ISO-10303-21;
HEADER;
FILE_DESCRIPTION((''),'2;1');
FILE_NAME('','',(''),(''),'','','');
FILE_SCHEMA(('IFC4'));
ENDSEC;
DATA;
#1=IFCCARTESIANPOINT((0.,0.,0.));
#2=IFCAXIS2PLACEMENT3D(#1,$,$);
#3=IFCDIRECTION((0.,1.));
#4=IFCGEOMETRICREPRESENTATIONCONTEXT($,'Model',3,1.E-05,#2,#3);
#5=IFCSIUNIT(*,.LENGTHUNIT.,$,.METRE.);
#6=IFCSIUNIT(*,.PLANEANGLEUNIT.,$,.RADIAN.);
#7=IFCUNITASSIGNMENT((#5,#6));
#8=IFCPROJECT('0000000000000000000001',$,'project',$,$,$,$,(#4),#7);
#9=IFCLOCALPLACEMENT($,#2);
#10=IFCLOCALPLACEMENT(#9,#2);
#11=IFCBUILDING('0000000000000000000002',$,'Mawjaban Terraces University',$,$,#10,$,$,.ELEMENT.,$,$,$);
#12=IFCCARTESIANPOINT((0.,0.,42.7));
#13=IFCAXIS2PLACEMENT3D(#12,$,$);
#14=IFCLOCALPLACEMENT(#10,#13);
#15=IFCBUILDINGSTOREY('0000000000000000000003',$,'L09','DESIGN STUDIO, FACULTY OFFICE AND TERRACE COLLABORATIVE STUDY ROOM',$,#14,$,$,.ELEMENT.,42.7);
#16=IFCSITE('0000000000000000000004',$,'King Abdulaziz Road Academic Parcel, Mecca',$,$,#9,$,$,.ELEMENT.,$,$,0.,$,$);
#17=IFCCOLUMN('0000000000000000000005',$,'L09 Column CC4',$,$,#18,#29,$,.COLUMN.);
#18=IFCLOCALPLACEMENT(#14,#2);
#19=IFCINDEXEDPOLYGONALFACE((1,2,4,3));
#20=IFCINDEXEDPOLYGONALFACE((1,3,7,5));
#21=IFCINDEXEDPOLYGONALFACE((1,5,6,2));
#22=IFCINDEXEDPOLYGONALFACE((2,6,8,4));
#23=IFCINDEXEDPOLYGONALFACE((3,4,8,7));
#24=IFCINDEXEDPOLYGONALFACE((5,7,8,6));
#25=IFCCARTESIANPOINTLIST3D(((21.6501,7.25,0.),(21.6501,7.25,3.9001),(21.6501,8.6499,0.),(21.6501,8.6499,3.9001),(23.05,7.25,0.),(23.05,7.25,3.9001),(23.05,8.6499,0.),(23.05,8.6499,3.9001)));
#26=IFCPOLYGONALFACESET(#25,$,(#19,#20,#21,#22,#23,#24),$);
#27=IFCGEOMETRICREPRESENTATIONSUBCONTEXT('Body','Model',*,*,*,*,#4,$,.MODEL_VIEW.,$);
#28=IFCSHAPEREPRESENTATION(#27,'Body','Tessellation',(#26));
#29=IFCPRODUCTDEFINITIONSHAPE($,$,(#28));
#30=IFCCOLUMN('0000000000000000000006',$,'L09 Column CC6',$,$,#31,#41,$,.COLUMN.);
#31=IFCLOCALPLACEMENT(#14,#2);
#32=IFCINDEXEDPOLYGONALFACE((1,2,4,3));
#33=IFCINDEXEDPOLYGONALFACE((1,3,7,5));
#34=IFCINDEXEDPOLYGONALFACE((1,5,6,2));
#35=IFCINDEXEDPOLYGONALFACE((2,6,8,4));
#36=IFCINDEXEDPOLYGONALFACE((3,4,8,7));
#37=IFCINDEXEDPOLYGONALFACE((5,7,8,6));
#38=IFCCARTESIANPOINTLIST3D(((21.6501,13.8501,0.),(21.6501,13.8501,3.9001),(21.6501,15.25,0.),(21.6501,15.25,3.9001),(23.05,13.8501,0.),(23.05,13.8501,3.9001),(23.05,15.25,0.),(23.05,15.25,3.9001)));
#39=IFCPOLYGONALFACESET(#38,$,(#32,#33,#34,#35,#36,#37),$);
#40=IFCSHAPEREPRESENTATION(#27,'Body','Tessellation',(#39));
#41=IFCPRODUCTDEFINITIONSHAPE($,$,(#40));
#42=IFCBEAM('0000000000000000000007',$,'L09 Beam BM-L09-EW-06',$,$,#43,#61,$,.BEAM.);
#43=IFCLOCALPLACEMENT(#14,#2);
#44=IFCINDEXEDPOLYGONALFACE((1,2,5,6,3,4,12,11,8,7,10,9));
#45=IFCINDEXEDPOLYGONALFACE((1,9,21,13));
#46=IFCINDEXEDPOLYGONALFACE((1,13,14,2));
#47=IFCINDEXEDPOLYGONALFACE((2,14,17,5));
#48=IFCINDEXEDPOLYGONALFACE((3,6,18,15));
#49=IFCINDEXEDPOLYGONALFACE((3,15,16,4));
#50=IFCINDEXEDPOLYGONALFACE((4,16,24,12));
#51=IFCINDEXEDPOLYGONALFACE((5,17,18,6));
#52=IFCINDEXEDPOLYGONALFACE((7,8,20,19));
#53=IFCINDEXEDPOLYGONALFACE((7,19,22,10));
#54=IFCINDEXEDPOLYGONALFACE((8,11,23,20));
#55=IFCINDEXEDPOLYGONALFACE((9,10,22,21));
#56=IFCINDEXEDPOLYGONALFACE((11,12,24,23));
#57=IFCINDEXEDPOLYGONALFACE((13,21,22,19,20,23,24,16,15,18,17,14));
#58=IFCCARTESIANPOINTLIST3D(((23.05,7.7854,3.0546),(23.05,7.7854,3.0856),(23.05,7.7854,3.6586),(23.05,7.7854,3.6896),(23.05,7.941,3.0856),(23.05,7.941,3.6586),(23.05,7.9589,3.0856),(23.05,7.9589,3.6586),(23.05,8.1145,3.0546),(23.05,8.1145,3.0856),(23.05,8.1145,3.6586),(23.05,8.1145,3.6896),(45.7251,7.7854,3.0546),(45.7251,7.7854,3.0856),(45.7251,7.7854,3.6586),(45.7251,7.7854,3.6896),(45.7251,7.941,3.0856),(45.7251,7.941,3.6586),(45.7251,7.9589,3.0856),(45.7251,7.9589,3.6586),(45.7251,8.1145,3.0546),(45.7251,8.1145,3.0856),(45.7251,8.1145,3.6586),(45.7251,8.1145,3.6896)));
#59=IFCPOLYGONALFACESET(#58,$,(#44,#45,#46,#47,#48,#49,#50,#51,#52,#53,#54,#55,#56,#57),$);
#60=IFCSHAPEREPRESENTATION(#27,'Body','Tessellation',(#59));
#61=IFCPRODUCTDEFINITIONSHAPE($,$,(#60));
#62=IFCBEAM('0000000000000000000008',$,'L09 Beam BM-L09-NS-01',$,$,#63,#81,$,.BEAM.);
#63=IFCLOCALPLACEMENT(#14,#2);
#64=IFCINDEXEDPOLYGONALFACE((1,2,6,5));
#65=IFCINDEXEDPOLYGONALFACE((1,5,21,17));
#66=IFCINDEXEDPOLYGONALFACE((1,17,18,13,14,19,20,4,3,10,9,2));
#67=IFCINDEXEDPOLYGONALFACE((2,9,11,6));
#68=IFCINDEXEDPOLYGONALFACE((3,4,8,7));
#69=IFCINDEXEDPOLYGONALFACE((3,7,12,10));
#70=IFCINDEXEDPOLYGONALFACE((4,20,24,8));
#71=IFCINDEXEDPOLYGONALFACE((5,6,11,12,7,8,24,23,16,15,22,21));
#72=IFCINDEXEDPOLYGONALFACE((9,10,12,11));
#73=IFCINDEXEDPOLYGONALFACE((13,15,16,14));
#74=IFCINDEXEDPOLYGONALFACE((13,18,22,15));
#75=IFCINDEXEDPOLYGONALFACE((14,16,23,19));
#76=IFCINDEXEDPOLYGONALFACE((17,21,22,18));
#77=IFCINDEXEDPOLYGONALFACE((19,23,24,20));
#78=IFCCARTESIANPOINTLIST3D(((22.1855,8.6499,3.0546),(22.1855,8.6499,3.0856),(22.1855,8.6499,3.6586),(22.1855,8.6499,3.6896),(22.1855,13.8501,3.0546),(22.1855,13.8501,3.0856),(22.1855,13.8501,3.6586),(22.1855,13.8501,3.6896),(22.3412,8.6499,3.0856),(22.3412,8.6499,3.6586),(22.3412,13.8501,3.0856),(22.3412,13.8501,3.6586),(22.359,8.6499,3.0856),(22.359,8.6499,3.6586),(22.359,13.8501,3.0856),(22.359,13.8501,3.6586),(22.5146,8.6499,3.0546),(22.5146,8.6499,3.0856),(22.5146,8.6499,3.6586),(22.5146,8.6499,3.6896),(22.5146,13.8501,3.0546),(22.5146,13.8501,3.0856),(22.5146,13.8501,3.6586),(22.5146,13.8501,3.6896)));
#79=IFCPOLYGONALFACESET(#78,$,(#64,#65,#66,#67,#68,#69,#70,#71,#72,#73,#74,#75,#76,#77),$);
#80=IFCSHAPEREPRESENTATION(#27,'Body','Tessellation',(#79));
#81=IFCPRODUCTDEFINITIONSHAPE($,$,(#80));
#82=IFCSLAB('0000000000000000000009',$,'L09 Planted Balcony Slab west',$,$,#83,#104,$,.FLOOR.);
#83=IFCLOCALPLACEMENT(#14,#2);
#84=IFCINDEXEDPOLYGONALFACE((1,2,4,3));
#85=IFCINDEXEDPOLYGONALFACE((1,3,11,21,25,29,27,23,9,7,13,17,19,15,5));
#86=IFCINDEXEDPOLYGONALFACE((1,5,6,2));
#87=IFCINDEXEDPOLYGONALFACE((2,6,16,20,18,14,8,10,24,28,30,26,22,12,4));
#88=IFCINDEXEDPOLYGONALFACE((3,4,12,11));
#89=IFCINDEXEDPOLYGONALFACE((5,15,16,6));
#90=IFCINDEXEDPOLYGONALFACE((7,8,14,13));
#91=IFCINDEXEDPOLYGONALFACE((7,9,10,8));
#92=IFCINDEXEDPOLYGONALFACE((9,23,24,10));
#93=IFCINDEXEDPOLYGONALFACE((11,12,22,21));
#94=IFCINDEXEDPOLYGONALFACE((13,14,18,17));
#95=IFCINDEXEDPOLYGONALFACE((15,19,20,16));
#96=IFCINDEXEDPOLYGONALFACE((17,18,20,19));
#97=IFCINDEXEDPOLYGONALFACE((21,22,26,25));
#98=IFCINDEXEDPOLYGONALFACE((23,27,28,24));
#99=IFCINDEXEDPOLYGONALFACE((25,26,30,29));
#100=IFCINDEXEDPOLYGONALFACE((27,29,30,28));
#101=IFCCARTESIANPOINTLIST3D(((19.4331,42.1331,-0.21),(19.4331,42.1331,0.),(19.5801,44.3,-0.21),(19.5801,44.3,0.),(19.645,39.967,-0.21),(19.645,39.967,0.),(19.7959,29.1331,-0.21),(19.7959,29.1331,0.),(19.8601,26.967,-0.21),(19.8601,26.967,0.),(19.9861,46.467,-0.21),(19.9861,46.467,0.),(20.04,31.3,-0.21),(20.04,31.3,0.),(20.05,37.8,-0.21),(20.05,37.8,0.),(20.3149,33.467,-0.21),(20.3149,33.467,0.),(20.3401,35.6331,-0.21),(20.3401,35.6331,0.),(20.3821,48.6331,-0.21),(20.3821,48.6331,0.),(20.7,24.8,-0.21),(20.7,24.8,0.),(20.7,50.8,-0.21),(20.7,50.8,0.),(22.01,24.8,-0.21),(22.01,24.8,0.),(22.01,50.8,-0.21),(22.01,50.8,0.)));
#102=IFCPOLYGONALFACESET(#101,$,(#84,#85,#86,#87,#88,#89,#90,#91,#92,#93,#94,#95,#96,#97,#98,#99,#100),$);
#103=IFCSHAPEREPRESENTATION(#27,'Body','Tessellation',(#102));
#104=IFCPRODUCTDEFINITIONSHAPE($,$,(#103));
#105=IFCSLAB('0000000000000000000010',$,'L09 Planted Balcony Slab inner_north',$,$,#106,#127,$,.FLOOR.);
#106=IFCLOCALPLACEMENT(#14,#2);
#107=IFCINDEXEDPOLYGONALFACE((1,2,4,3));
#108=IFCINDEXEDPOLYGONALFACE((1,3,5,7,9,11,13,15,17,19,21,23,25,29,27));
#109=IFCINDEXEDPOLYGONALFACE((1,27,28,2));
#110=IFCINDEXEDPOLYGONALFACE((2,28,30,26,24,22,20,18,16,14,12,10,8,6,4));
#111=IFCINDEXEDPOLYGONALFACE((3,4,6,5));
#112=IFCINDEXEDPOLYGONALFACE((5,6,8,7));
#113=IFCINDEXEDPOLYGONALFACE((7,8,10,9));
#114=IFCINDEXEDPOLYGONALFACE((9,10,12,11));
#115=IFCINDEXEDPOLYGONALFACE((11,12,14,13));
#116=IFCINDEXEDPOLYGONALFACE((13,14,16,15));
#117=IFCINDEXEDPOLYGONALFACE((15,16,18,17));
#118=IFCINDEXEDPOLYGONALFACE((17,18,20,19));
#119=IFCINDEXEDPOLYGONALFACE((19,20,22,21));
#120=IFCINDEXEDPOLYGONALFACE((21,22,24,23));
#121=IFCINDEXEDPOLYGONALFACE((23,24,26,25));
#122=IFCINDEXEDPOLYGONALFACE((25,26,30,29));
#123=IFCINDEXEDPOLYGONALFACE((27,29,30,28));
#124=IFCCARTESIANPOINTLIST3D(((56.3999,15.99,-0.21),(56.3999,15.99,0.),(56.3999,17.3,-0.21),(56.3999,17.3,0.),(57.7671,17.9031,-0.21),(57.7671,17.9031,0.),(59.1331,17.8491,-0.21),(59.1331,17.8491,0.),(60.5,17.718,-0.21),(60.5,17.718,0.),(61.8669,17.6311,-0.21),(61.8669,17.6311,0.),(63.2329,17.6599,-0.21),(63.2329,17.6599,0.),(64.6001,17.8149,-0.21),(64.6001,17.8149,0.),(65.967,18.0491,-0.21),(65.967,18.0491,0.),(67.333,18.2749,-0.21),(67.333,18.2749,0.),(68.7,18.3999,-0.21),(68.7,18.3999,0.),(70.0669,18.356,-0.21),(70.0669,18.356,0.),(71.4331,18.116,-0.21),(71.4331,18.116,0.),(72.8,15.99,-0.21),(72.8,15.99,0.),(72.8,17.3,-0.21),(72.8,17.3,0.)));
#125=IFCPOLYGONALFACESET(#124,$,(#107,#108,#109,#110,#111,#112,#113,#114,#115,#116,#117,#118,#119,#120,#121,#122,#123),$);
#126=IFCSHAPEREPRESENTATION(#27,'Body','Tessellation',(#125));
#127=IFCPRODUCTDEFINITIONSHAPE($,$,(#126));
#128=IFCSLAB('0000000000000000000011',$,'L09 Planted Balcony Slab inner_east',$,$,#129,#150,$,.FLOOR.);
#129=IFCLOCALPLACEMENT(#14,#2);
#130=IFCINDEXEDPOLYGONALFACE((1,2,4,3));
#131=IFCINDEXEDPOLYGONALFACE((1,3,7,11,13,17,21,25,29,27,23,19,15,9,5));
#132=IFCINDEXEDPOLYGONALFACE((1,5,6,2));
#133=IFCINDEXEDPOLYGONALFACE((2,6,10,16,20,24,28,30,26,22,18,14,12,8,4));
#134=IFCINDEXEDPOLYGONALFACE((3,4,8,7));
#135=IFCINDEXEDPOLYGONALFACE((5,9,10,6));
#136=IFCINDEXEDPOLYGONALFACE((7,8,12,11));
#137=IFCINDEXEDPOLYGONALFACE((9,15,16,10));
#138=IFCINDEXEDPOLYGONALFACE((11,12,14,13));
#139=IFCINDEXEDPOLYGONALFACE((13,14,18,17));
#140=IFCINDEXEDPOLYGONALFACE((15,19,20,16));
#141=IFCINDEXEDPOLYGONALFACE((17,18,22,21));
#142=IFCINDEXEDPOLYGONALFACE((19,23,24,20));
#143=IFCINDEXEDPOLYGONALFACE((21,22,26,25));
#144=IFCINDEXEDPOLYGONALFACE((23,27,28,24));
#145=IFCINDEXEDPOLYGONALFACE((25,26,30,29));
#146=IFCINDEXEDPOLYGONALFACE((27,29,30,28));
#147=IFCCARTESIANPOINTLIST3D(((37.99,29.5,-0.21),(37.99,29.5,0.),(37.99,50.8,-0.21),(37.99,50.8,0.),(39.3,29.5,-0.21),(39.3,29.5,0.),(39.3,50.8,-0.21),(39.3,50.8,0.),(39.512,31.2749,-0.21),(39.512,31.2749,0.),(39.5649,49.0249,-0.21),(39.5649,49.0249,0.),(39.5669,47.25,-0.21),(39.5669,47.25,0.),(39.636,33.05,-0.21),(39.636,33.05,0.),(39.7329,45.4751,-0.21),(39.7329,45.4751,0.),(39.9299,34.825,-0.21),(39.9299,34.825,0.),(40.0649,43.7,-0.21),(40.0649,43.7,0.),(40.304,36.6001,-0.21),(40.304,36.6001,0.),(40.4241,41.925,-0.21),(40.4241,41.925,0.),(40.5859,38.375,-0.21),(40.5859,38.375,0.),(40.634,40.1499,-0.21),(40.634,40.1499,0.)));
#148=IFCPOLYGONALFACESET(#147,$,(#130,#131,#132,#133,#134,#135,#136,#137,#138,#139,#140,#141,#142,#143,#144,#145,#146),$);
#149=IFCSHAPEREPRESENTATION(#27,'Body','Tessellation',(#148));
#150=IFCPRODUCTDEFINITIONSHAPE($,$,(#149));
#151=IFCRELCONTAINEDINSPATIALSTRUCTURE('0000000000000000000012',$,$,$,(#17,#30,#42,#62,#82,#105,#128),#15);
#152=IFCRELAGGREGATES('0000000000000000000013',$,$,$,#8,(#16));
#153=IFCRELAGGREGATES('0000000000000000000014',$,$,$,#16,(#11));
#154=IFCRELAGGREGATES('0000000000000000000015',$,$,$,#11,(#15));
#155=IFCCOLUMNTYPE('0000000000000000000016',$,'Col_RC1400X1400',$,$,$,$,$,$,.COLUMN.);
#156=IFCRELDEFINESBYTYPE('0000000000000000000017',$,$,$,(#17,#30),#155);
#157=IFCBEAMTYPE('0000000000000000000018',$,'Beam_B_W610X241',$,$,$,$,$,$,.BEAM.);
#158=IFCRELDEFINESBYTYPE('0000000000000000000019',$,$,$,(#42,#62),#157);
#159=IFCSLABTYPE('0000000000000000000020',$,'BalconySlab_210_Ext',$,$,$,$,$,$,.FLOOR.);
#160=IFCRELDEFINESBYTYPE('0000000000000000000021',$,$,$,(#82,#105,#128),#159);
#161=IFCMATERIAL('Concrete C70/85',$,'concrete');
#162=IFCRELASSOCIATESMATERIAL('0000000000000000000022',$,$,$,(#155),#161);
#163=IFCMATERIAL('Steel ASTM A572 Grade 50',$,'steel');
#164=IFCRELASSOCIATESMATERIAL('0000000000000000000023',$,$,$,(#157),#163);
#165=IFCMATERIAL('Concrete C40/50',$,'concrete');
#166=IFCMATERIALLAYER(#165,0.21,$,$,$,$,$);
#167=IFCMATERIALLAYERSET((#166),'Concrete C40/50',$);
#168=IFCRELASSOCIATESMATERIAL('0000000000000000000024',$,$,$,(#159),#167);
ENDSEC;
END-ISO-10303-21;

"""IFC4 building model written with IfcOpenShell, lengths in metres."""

from ifc_helpers import new_model, si_unit, direction, frame, origin, origin_2d, place, context, subcontext, project, spatial, polyline, rectangle, i_section, outline, extrude, material, layer, layer_set, material_profile, profile_set, type_object, element, save


model = new_model("IFC4")

# Units and contexts
model_context = context("Model", 3, precision=1e-05, world=origin(), true_north=direction((0.0, 1.0)))
body_context = subcontext(model_context, "Body", "Model", "MODEL_VIEW")
ifc_project = project(units=[si_unit("LENGTHUNIT", "METRE"), si_unit("PLANEANGLEUNIT", "RADIAN")], contexts=[model_context])

# Site, building, storey
site_placement = place(None, origin())
site = spatial("IfcSite", under=ifc_project, at=site_placement, Name="King Abdulaziz Road Academic Parcel, Mecca", CompositionType="ELEMENT", RefElevation=0.0)
building_placement = place(site_placement, origin())
building = spatial("IfcBuilding", under=site, at=building_placement, Name="Mawjaban Terraces University", CompositionType="ELEMENT")
storey_placement = place(building_placement, frame((0.0, 0.0, 42.7)))
storey = spatial("IfcBuildingStorey", under=building, at=storey_placement, Name="L09", Description="DESIGN STUDIO, FACULTY OFFICE AND TERRACE COLLABORATIVE STUDY ROOM", CompositionType="ELEMENT", Elevation=42.7)

# Columns
ifc_material_1 = material(Name="Concrete C70/85", Category="concrete")
ifc_material_profile_1 = material_profile(ifc_material_1, rectangle(XDim=1.3999, YDim=1.3999, at=origin_2d()), Name="RC1400X1400")
ifc_profile_set_1 = profile_set([ifc_material_profile_1], Name="Concrete C70/85")
column_type = type_object("IfcColumnType", Name="Col_RC1400X1400", PredefinedType="COLUMN", material=ifc_profile_set_1)
for number, where, z_axis, x_axis, name in (
    (1, (22.3501, 7.95, 0.0), (0.0, 0.0, 1.0), (1.0, 0.0, 0.0), "L09 Column CC4"),
    (2, (22.3501, 14.55, 0.0), (0.0, 0.0, 1.0), (1.0, 0.0, 0.0), "L09 Column CC6"),
):
    element("IfcColumn", number, at=place(storey_placement, frame(where, z_axis=z_axis, x_axis=x_axis)), inside=storey, type_object=column_type, Name=name, PredefinedType="COLUMN", context=body_context, shape_type="SweptSolid", body=[
        extrude(rectangle(XDim=1.3999, YDim=1.3999, at=origin_2d()), origin(), (0.0, 0.0, 1.0), 3.9001),
    ])

# Beams
ifc_material_2 = material(Name="Steel ASTM A572 Grade 50", Category="steel")
ifc_material_profile_2 = material_profile(ifc_material_2, i_section(OverallWidth=0.3291, OverallDepth=0.635, WebThickness=0.0178, FlangeThickness=0.031, at=origin_2d()), Name="W610X241")
ifc_profile_set_2 = profile_set([ifc_material_profile_2], Name="Steel ASTM A572 Grade 50")
beam_type = type_object("IfcBeamType", Name="Beam_B_W610X241", PredefinedType="BEAM", material=ifc_profile_set_2)
beam_1_placement = place(storey_placement, frame((23.05, 7.95, 3.3721), z_axis=(1.0, 0.0, 0.0), x_axis=(0.0, 1.0, 0.0)))
element("IfcBeam", 3, at=beam_1_placement, inside=storey, type_object=beam_type, Name="L09 Beam BM-L09-EW-06", PredefinedType="BEAM", context=body_context, shape_type="SweptSolid", body=[
    extrude(i_section(OverallWidth=0.3291, OverallDepth=0.635, WebThickness=0.0178, FlangeThickness=0.031, at=origin_2d()), origin(), (0.0, 0.0, 1.0), 22.675),
])
beam_2_placement = place(storey_placement, frame((22.3501, 8.6499, 3.3721), z_axis=(0.0, 1.0, 0.0), x_axis=(-1.0, 0.0, 0.0)))
element("IfcBeam", 4, at=beam_2_placement, inside=storey, type_object=beam_type, Name="L09 Beam BM-L09-NS-01", PredefinedType="BEAM", context=body_context, shape_type="SweptSolid", body=[
    extrude(i_section(OverallWidth=0.3291, OverallDepth=0.635, WebThickness=0.0178, FlangeThickness=0.031, at=origin_2d()), origin(), (0.0, 0.0, 1.0), 5.2002),
])

# Slabs
ifc_material_3 = material(Name="Concrete C40/50", Category="concrete")
ifc_layer_1 = layer(ifc_material_3, 0.21)
ifc_layer_set_1 = layer_set([ifc_layer_1], Name="Concrete C40/50")
slab_type_1 = type_object("IfcSlabType", Name="BalconySlab_210_Ext", PredefinedType="FLOOR", material=ifc_layer_set_1)
slab_1_placement = place(storey_placement, frame((0.0, 0.0, -0.21)))
element("IfcSlab", 5, at=slab_1_placement, inside=storey, type_object=slab_type_1, Name="L09 Planted Balcony Slab west", PredefinedType="FLOOR", context=body_context, shape_type="SweptSolid", body=[
    extrude(outline(polyline([(22.01, 24.8), (22.01, 50.8), (20.7, 50.8), (20.3821, 48.6331), (19.9861, 46.467), (19.5801, 44.3), (19.4331, 42.1331), (19.645, 39.967), (20.05, 37.8), (20.3401, 35.6331), (20.3149, 33.467), (20.04, 31.3), (19.7959, 29.1331), (19.8601, 26.967), (20.7, 24.8), (22.01, 24.8)])), origin(), (0.0, 0.0, 1.0), 0.21),
])
slab_2_placement = place(storey_placement, frame((0.0, 0.0, -0.21)))
element("IfcSlab", 6, at=slab_2_placement, inside=storey, type_object=slab_type_1, Name="L09 Planted Balcony Slab inner_north", PredefinedType="FLOOR", context=body_context, shape_type="SweptSolid", body=[
    extrude(outline(polyline([(56.3999, 15.99), (72.8, 15.99), (72.8, 17.3), (71.4331, 18.116), (70.0669, 18.356), (68.7, 18.3999), (67.333, 18.2749), (65.967, 18.0491), (64.6001, 17.8149), (63.2329, 17.6599), (61.8669, 17.6311), (60.5, 17.718), (59.1331, 17.8491), (57.7671, 17.9031), (56.3999, 17.3), (56.3999, 15.99)])), origin(), (0.0, 0.0, 1.0), 0.21),
])
slab_3_placement = place(storey_placement, frame((0.0, 0.0, -0.21)))
element("IfcSlab", 7, at=slab_3_placement, inside=storey, type_object=slab_type_1, Name="L09 Planted Balcony Slab inner_east", PredefinedType="FLOOR", context=body_context, shape_type="SweptSolid", body=[
    extrude(outline(polyline([(39.3, 29.5), (39.512, 31.2749), (39.636, 33.05), (39.9299, 34.825), (40.304, 36.6001), (40.5859, 38.375), (40.634, 40.1499), (40.4241, 41.925), (40.0649, 43.7), (39.7329, 45.4751), (39.5669, 47.25), (39.5649, 49.0249), (39.3, 50.8), (37.99, 50.8), (37.99, 29.5), (39.3, 29.5)])), origin(), (0.0, 0.0, 1.0), 0.21),
])

save(model, "model.ifc")
